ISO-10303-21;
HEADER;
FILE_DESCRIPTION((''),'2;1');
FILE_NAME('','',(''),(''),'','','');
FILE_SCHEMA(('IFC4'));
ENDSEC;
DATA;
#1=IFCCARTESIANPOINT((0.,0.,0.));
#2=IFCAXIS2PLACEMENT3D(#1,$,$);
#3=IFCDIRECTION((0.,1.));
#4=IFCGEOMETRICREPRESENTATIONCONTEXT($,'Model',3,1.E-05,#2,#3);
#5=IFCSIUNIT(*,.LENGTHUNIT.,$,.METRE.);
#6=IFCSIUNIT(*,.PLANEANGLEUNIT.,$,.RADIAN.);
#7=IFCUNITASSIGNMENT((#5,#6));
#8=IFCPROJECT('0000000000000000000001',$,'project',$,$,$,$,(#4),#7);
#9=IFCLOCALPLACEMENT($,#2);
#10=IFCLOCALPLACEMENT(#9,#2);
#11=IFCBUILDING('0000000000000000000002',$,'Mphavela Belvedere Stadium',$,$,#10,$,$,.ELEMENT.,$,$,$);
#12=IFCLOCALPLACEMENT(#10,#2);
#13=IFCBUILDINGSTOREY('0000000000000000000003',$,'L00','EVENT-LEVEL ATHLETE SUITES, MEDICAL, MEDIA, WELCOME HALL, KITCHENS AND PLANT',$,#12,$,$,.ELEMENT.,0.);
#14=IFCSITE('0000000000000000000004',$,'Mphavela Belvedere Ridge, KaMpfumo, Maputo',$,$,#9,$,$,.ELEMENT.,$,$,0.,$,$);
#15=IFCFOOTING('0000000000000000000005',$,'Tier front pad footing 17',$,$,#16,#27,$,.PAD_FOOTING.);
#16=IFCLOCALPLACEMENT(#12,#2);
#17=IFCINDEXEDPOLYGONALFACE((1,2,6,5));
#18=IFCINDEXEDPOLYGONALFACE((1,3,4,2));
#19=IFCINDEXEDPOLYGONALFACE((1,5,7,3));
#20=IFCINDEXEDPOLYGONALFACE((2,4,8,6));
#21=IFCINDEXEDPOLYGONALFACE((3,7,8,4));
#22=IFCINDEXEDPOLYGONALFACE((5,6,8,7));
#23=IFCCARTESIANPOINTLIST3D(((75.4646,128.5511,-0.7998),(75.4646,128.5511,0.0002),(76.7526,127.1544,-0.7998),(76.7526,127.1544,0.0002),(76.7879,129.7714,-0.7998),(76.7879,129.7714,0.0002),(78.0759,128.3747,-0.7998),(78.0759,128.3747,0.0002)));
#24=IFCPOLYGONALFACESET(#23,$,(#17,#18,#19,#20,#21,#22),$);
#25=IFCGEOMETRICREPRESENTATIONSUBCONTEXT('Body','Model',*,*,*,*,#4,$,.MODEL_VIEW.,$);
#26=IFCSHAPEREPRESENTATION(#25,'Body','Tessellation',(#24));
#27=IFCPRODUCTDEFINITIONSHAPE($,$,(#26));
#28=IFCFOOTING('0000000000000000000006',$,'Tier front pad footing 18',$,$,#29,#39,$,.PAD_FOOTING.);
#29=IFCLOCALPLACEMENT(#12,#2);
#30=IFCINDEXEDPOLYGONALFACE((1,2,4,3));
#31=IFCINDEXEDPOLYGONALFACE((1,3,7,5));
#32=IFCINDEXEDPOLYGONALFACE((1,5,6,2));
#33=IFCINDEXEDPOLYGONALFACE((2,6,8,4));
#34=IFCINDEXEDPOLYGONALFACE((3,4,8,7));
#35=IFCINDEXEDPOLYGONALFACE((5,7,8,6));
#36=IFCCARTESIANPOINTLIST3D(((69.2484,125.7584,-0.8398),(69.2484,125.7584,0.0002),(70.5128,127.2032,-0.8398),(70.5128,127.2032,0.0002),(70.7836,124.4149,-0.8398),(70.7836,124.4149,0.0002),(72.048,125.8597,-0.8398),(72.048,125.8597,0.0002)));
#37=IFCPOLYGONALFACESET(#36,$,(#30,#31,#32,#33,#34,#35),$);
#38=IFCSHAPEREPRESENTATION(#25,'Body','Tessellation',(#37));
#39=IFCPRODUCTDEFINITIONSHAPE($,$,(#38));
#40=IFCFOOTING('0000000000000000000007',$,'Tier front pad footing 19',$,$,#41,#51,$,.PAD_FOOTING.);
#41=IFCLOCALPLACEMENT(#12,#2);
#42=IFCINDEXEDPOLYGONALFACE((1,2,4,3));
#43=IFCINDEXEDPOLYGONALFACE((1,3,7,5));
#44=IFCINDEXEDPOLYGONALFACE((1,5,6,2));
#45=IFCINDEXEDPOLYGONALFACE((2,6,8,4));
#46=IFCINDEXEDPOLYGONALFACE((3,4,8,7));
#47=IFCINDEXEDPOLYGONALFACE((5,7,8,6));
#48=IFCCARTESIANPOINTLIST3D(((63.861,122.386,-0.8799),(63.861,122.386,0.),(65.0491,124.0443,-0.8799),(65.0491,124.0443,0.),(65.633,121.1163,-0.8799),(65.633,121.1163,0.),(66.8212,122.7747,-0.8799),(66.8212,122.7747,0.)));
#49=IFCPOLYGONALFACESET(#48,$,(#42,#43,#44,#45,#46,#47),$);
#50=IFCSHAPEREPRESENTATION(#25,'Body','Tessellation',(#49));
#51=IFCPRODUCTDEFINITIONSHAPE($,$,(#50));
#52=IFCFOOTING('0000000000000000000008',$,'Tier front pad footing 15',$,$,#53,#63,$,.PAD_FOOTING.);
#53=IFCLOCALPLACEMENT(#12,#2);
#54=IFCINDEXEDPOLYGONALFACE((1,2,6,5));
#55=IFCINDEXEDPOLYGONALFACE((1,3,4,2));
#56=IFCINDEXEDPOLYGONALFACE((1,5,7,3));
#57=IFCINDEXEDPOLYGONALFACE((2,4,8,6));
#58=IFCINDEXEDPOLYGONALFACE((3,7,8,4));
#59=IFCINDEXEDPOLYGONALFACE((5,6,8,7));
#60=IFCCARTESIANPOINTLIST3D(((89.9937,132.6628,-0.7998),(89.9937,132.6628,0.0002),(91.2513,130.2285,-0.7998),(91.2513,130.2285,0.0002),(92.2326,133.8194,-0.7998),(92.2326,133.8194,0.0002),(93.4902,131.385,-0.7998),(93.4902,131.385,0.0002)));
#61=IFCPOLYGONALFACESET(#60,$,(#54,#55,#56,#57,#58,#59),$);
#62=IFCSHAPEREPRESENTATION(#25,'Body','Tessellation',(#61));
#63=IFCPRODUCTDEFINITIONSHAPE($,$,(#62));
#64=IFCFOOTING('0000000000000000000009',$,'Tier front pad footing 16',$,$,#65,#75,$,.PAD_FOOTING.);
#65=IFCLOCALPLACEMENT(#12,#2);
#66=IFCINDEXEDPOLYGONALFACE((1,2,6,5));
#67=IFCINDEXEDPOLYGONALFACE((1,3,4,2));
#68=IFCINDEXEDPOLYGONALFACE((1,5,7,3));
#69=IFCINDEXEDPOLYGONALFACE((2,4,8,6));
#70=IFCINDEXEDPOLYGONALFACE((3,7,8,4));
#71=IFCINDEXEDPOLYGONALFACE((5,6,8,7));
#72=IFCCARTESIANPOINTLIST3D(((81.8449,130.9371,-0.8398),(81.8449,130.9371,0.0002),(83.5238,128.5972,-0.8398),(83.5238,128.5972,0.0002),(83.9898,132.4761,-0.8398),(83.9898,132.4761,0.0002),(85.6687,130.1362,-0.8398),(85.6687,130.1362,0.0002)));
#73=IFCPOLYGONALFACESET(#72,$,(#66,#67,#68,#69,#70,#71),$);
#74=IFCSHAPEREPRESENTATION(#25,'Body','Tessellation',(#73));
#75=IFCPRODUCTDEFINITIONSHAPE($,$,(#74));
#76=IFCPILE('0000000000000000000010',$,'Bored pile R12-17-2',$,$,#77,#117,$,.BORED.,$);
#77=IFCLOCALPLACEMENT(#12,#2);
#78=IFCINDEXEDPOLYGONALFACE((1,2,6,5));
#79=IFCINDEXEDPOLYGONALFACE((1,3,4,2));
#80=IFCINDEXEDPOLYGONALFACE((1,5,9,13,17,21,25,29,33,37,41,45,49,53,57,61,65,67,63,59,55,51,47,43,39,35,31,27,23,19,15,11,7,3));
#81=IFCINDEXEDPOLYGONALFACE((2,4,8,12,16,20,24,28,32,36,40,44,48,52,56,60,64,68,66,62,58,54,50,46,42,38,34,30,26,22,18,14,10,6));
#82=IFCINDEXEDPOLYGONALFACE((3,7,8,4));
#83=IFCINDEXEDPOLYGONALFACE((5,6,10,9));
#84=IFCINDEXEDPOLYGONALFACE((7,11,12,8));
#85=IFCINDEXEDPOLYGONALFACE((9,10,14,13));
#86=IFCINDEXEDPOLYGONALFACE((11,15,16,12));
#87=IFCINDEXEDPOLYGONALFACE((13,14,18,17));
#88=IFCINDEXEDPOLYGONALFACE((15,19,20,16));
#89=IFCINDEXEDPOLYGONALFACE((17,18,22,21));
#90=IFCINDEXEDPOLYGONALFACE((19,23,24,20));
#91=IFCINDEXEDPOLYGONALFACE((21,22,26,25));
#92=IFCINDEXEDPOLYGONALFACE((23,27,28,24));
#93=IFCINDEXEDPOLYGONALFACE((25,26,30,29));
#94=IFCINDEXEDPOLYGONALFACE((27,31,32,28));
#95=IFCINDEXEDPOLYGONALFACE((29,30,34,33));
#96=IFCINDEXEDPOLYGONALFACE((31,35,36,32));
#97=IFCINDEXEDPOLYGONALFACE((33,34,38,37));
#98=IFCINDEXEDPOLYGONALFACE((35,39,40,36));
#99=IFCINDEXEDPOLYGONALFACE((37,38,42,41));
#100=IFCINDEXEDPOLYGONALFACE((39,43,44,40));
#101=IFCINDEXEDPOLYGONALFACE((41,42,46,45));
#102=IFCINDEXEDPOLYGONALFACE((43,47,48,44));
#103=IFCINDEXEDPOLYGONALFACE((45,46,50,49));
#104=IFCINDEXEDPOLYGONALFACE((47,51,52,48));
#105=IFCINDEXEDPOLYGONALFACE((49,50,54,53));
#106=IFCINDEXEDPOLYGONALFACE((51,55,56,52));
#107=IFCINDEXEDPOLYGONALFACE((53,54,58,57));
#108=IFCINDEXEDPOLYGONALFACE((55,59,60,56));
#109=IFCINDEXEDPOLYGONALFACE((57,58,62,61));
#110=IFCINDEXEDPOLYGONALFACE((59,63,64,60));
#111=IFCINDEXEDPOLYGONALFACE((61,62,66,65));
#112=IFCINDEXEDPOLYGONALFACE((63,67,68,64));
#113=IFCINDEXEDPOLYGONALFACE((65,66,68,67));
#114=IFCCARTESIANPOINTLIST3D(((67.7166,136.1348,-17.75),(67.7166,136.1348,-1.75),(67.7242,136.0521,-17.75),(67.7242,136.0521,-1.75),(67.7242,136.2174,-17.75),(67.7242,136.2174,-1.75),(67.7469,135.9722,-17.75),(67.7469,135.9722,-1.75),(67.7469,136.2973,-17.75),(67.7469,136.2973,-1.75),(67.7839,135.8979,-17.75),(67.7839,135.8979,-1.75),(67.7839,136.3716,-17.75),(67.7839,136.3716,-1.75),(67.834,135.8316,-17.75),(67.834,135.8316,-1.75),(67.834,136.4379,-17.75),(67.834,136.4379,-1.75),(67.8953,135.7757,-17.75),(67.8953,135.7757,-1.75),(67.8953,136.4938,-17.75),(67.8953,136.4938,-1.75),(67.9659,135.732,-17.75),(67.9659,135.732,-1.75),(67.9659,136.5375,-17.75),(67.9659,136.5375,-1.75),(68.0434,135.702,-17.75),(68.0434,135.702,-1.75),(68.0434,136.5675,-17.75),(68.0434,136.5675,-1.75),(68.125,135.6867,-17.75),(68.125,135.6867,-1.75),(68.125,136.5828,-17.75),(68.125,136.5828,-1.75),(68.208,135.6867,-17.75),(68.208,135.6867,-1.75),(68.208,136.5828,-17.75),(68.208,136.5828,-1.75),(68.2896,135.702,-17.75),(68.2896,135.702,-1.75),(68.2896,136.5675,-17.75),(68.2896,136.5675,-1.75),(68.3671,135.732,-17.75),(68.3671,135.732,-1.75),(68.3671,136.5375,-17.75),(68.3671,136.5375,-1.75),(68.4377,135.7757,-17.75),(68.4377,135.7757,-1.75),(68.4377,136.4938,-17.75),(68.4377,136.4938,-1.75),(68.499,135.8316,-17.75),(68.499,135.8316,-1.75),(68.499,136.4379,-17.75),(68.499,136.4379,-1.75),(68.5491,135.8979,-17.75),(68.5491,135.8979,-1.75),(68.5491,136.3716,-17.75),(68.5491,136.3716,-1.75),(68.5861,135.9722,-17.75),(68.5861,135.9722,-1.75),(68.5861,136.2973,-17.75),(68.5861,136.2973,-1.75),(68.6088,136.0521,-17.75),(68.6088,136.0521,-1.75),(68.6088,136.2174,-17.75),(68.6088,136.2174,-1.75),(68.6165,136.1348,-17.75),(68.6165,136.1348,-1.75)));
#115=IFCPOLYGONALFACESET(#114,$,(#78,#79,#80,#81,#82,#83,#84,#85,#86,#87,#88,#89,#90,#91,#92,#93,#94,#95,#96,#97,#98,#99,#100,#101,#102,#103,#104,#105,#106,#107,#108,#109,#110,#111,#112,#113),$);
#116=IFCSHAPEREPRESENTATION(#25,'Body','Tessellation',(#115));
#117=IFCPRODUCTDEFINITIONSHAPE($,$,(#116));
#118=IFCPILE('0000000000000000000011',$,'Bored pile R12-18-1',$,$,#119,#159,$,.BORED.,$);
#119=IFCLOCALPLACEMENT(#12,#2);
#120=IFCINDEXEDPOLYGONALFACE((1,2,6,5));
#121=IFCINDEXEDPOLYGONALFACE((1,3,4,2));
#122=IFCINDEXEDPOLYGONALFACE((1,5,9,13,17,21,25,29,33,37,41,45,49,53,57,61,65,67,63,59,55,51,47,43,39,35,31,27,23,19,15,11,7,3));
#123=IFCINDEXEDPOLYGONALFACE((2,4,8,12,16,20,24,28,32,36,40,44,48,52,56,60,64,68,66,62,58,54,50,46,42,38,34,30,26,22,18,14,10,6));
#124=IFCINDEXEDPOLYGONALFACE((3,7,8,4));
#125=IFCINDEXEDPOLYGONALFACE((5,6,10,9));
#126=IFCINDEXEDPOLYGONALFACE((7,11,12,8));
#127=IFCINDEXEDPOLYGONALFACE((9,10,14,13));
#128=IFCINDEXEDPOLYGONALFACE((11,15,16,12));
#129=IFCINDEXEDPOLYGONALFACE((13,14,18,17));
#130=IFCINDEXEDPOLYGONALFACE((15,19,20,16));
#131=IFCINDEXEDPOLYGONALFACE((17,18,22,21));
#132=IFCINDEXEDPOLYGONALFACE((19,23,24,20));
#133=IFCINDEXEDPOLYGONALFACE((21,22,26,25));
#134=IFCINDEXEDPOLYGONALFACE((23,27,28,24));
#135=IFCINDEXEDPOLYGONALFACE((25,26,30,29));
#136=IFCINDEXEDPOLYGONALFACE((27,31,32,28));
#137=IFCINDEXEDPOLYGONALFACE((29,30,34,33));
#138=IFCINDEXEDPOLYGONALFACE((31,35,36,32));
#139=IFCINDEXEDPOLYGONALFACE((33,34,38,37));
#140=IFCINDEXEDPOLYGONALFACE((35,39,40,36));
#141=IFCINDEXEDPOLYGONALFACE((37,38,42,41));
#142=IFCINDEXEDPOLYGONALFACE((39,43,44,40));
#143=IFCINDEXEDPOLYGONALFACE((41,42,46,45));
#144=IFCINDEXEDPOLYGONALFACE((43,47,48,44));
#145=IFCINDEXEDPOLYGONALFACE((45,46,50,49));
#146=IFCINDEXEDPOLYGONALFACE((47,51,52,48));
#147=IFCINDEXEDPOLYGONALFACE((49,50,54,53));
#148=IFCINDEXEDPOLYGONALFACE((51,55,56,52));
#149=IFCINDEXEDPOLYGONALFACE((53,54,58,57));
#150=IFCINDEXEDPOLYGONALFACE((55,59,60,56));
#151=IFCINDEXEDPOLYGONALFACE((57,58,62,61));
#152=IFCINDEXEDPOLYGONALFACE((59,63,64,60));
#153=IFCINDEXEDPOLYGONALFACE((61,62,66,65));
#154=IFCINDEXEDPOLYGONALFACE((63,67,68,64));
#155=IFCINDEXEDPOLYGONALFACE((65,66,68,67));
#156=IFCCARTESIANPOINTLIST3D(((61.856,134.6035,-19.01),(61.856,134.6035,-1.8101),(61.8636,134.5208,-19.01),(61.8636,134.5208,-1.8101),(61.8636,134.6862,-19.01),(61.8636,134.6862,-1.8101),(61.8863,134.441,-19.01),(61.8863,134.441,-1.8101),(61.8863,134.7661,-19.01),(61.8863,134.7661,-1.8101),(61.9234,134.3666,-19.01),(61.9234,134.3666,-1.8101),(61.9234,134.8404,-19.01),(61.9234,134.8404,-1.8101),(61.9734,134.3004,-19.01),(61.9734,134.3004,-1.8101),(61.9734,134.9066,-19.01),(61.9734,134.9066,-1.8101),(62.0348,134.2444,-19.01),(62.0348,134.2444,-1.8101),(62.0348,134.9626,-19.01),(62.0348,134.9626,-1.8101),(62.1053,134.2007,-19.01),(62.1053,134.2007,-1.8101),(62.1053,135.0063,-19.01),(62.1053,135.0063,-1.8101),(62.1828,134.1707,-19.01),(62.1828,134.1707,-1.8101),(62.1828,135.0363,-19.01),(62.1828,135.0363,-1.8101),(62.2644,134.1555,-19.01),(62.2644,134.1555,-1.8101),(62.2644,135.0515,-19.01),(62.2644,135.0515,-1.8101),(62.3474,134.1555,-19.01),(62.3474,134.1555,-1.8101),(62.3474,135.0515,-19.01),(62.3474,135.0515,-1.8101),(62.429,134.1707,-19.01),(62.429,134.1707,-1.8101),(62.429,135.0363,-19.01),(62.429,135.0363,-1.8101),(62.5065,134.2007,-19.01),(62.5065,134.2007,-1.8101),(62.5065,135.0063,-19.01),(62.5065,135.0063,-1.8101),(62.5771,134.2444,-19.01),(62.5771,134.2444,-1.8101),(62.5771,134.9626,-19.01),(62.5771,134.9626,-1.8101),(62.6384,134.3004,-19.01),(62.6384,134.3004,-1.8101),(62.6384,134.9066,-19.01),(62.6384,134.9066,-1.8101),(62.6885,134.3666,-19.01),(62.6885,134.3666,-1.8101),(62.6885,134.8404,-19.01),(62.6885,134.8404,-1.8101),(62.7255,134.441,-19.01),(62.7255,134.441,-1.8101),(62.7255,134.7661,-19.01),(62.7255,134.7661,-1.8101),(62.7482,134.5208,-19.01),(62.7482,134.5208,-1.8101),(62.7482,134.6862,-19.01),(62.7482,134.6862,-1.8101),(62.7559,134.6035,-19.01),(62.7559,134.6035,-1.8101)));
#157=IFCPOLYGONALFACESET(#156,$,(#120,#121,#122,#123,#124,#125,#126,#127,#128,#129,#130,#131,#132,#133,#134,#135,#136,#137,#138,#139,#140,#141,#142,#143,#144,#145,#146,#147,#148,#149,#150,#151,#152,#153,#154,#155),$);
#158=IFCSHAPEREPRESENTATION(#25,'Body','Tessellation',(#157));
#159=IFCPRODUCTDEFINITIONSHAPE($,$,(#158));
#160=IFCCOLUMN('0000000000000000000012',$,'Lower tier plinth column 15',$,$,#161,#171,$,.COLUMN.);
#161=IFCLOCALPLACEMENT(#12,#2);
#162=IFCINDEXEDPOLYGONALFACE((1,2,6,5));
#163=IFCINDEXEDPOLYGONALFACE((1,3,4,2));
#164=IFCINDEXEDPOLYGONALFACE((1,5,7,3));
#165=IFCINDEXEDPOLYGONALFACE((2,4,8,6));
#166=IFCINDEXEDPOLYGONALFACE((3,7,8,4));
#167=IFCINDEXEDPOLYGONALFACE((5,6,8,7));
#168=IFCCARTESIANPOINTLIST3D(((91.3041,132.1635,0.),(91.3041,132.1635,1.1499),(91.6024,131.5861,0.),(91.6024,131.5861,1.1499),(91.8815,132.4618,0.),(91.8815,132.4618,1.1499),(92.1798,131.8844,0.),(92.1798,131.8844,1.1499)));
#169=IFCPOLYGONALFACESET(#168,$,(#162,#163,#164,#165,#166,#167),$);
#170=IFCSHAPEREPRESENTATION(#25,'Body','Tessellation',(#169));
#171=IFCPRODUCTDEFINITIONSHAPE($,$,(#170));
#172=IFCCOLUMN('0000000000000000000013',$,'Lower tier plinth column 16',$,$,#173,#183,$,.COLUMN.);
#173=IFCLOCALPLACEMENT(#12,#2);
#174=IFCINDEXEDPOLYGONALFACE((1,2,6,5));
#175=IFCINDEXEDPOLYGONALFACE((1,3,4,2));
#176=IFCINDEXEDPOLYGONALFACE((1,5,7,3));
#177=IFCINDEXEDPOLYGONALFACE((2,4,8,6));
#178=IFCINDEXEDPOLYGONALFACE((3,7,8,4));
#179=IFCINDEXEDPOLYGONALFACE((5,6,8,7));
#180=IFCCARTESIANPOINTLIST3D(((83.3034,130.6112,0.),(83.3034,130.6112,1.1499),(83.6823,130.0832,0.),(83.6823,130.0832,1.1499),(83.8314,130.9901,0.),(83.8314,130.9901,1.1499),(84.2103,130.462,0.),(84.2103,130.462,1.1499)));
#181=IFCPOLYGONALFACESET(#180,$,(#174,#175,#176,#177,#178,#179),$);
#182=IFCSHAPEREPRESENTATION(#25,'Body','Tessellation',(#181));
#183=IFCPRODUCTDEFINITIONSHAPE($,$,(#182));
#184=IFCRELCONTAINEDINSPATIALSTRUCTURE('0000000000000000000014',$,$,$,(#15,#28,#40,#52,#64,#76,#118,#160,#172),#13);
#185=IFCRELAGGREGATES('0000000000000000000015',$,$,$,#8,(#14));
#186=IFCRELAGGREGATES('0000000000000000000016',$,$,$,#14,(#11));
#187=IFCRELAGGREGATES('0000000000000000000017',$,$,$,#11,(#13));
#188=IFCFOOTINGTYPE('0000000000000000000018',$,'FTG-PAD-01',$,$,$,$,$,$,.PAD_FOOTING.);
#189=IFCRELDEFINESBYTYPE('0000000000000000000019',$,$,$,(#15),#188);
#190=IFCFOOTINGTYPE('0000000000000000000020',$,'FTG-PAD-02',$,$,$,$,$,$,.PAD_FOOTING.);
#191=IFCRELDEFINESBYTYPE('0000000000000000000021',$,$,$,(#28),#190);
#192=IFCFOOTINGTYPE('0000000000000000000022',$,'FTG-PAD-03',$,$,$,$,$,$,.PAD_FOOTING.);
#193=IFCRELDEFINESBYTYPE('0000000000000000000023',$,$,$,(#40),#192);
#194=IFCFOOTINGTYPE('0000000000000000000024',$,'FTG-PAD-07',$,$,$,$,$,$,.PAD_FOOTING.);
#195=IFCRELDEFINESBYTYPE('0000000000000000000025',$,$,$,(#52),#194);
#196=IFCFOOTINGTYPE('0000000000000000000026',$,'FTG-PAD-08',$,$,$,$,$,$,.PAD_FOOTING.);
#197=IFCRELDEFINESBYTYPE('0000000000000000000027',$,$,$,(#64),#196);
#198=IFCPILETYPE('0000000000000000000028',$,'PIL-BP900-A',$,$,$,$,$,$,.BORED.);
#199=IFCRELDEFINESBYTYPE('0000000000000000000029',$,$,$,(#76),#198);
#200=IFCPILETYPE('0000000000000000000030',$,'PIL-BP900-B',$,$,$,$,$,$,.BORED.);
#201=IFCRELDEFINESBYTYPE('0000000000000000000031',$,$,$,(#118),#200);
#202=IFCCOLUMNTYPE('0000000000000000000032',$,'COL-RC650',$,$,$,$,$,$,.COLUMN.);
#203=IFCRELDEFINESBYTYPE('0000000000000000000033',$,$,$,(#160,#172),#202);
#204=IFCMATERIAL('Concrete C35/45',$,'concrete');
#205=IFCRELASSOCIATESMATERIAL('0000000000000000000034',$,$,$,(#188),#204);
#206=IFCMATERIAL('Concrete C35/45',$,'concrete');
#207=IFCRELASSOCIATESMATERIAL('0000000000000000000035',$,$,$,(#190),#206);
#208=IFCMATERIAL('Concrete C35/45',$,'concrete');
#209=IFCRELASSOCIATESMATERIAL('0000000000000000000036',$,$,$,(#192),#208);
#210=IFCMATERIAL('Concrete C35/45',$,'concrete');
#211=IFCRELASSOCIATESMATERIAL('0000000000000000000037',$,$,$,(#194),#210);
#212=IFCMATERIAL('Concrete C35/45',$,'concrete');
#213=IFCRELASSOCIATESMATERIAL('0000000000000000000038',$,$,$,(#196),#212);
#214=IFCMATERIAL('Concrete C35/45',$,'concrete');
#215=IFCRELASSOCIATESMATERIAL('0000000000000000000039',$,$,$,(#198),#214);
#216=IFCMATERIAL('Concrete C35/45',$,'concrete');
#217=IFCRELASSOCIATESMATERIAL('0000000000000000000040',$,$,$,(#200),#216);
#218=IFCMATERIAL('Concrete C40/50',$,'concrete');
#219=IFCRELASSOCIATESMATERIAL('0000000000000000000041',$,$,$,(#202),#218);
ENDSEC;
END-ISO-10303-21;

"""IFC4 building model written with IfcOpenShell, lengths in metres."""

from ifc_helpers import new_model, si_unit, direction, frame, origin, origin_2d, place, context, subcontext, project, spatial, rectangle, circle, extrude, material, material_profile, profile_set, type_object, element, save


model = new_model("IFC4")

# Units and contexts
model_context = context("Model", 3, precision=1e-05, world=origin(), true_north=direction((0.0, 1.0)))
body_context = subcontext(model_context, "Body", "Model", "MODEL_VIEW")
ifc_project = project(units=[si_unit("LENGTHUNIT", "METRE"), si_unit("PLANEANGLEUNIT", "RADIAN")], contexts=[model_context])

# Site, building, storey
site_placement = place(None, origin())
site = spatial("IfcSite", under=ifc_project, at=site_placement, Name="Mphavela Belvedere Ridge, KaMpfumo, Maputo", CompositionType="ELEMENT", RefElevation=0.0)
building_placement = place(site_placement, origin())
building = spatial("IfcBuilding", under=site, at=building_placement, Name="Mphavela Belvedere Stadium", CompositionType="ELEMENT")
storey_placement = place(building_placement, origin())
storey = spatial("IfcBuildingStorey", under=building, at=storey_placement, Name="L00", Description="EVENT-LEVEL ATHLETE SUITES, MEDICAL, MEDIA, WELCOME HALL, KITCHENS AND PLANT", CompositionType="ELEMENT", Elevation=0.0)

# Footings
ifc_material_1 = material(Name="Concrete C35/45", Category="concrete")
footing_type_1 = type_object("IfcFootingType", Name="FTG-PAD-01", PredefinedType="PAD_FOOTING", material=ifc_material_1)
footing_1_placement = place(storey_placement, frame((76.7703, 128.4629, -0.7998), z_axis=(0.0, 0.0, 1.0), x_axis=(-0.677903, 0.735151, 0.0)))
element("IfcFooting", 1, at=footing_1_placement, inside=storey, type_object=footing_type_1, Name="Tier front pad footing 17", PredefinedType="PAD_FOOTING", context=body_context, shape_type="SweptSolid", body=[
    extrude(rectangle(XDim=1.8999, YDim=1.8, at=origin_2d()), origin(), (0.0, 0.0, 1.0), 0.8),
])
ifc_material_2 = material(Name="Concrete C35/45", Category="concrete")
footing_type_2 = type_object("IfcFootingType", Name="FTG-PAD-02", PredefinedType="PAD_FOOTING", material=ifc_material_2)
footing_2_placement = place(storey_placement, frame((70.6482, 125.8091, -0.8398), z_axis=(0.0, 0.0, 1.0), x_axis=(-0.75253, 0.658558, 0.0)))
element("IfcFooting", 2, at=footing_2_placement, inside=storey, type_object=footing_type_2, Name="Tier front pad footing 18", PredefinedType="PAD_FOOTING", context=body_context, shape_type="SweptSolid", body=[
    extrude(rectangle(XDim=2.04, YDim=1.9199, at=origin_2d()), origin(), (0.0, 0.0, 1.0), 0.8401),
])
ifc_material_3 = material(Name="Concrete C35/45", Category="concrete")
footing_type_3 = type_object("IfcFootingType", Name="FTG-PAD-03", PredefinedType="PAD_FOOTING", material=ifc_material_3)
footing_3_placement = place(storey_placement, frame((65.3411, 122.5803, -0.8799), z_axis=(0.0, 0.0, 1.0), x_axis=(-0.812898, 0.582407, 0.0)))
element("IfcFooting", 3, at=footing_3_placement, inside=storey, type_object=footing_type_3, Name="Tier front pad footing 19", PredefinedType="PAD_FOOTING", context=body_context, shape_type="SweptSolid", body=[
    extrude(rectangle(XDim=2.1799, YDim=2.04, at=origin_2d()), origin(), (0.0, 0.0, 1.0), 0.8799),
])
ifc_material_4 = material(Name="Concrete C35/45", Category="concrete")
footing_type_4 = type_object("IfcFootingType", Name="FTG-PAD-07", PredefinedType="PAD_FOOTING", material=ifc_material_4)
footing_4_placement = place(storey_placement, frame((91.7419, 132.0239, -0.7998), z_axis=(0.0, 0.0, 1.0), x_axis=(-0.45896, 0.888457, 0.0)))
element("IfcFooting", 4, at=footing_4_placement, inside=storey, type_object=footing_type_4, Name="Tier front pad footing 15", PredefinedType="PAD_FOOTING", context=body_context, shape_type="SweptSolid", body=[
    extrude(rectangle(XDim=2.74, YDim=2.52, at=origin_2d()), origin(), (0.0, 0.0, 1.0), 0.8),
])
ifc_material_5 = material(Name="Concrete C35/45", Category="concrete")
footing_type_5 = type_object("IfcFootingType", Name="FTG-PAD-08", PredefinedType="PAD_FOOTING", material=ifc_material_5)
footing_5_placement = place(storey_placement, frame((83.7568, 130.5366, -0.8398), z_axis=(0.0, 0.0, 1.0), x_axis=(-0.582974, 0.812491, 0.0)))
element("IfcFooting", 5, at=footing_5_placement, inside=storey, type_object=footing_type_5, Name="Tier front pad footing 16", PredefinedType="PAD_FOOTING", context=body_context, shape_type="SweptSolid", body=[
    extrude(rectangle(XDim=2.8799, YDim=2.6399, at=origin_2d()), origin(), (0.0, 0.0, 1.0), 0.8401),
])

# Piles
ifc_material_6 = material(Name="Concrete C35/45", Category="concrete")
ifc_material_profile_1 = material_profile(ifc_material_6, circle(Radius=0.45, at=origin_2d()), Name="BP D900")
ifc_profile_set_1 = profile_set([ifc_material_profile_1], Name="Concrete C35/45")
pile_type_1 = type_object("IfcPileType", Name="PIL-BP900-A", PredefinedType="BORED", material=ifc_profile_set_1)
pile_1_placement = place(storey_placement, frame((68.1665, 136.1348, -1.75), z_axis=(0.0, 0.0, -1.0), x_axis=(1.0, 0.0, 0.0)))
element("IfcPile", 6, at=pile_1_placement, inside=storey, type_object=pile_type_1, Name="Bored pile R12-17-2", PredefinedType="BORED", context=body_context, shape_type="SweptSolid", body=[
    extrude(circle(Radius=0.45, at=origin_2d()), origin(), (0.0, 0.0, 1.0), 16.0),
])
ifc_material_7 = material(Name="Concrete C35/45", Category="concrete")
ifc_material_profile_2 = material_profile(ifc_material_7, circle(Radius=0.45, at=origin_2d()), Name="BP D900")
ifc_profile_set_2 = profile_set([ifc_material_profile_2], Name="Concrete C35/45")
pile_type_2 = type_object("IfcPileType", Name="PIL-BP900-B", PredefinedType="BORED", material=ifc_profile_set_2)
pile_2_placement = place(storey_placement, frame((62.3059, 134.6035, -1.8101), z_axis=(0.0, 0.0, -1.0), x_axis=(1.0, 0.0, 0.0)))
element("IfcPile", 7, at=pile_2_placement, inside=storey, type_object=pile_type_2, Name="Bored pile R12-18-1", PredefinedType="BORED", context=body_context, shape_type="SweptSolid", body=[
    extrude(circle(Radius=0.45, at=origin_2d()), origin(), (0.0, 0.0, 1.0), 17.2),
])

# Columns
ifc_material_8 = material(Name="Concrete C40/50", Category="concrete")
ifc_material_profile_3 = material_profile(ifc_material_8, rectangle(XDim=0.6499, YDim=0.6499, at=origin_2d()), Name="RC 650x650")
ifc_profile_set_3 = profile_set([ifc_material_profile_3], Name="Concrete C40/50")
column_type_1 = type_object("IfcColumnType", Name="COL-RC650", PredefinedType="COLUMN", material=ifc_profile_set_3)
for number, where, z_axis, x_axis, name in (
    (8, (91.7419, 132.0239, 0.0), (0.0, 0.0, 1.0), (-0.45896, 0.888457, 0.0), "Lower tier plinth column 15"),
    (9, (83.7568, 130.5366, 0.0), (0.0, 0.0, 1.0), (-0.582974, 0.812491, 0.0), "Lower tier plinth column 16"),
):
    element("IfcColumn", number, at=place(storey_placement, frame(where, z_axis=z_axis, x_axis=x_axis)), inside=storey, type_object=column_type_1, Name=name, PredefinedType="COLUMN", context=body_context, shape_type="SweptSolid", body=[
        extrude(rectangle(XDim=0.6499, YDim=0.6499, at=origin_2d()), origin(), (0.0, 0.0, 1.0), 1.1499),
    ])

save(model, "model.ifc")
